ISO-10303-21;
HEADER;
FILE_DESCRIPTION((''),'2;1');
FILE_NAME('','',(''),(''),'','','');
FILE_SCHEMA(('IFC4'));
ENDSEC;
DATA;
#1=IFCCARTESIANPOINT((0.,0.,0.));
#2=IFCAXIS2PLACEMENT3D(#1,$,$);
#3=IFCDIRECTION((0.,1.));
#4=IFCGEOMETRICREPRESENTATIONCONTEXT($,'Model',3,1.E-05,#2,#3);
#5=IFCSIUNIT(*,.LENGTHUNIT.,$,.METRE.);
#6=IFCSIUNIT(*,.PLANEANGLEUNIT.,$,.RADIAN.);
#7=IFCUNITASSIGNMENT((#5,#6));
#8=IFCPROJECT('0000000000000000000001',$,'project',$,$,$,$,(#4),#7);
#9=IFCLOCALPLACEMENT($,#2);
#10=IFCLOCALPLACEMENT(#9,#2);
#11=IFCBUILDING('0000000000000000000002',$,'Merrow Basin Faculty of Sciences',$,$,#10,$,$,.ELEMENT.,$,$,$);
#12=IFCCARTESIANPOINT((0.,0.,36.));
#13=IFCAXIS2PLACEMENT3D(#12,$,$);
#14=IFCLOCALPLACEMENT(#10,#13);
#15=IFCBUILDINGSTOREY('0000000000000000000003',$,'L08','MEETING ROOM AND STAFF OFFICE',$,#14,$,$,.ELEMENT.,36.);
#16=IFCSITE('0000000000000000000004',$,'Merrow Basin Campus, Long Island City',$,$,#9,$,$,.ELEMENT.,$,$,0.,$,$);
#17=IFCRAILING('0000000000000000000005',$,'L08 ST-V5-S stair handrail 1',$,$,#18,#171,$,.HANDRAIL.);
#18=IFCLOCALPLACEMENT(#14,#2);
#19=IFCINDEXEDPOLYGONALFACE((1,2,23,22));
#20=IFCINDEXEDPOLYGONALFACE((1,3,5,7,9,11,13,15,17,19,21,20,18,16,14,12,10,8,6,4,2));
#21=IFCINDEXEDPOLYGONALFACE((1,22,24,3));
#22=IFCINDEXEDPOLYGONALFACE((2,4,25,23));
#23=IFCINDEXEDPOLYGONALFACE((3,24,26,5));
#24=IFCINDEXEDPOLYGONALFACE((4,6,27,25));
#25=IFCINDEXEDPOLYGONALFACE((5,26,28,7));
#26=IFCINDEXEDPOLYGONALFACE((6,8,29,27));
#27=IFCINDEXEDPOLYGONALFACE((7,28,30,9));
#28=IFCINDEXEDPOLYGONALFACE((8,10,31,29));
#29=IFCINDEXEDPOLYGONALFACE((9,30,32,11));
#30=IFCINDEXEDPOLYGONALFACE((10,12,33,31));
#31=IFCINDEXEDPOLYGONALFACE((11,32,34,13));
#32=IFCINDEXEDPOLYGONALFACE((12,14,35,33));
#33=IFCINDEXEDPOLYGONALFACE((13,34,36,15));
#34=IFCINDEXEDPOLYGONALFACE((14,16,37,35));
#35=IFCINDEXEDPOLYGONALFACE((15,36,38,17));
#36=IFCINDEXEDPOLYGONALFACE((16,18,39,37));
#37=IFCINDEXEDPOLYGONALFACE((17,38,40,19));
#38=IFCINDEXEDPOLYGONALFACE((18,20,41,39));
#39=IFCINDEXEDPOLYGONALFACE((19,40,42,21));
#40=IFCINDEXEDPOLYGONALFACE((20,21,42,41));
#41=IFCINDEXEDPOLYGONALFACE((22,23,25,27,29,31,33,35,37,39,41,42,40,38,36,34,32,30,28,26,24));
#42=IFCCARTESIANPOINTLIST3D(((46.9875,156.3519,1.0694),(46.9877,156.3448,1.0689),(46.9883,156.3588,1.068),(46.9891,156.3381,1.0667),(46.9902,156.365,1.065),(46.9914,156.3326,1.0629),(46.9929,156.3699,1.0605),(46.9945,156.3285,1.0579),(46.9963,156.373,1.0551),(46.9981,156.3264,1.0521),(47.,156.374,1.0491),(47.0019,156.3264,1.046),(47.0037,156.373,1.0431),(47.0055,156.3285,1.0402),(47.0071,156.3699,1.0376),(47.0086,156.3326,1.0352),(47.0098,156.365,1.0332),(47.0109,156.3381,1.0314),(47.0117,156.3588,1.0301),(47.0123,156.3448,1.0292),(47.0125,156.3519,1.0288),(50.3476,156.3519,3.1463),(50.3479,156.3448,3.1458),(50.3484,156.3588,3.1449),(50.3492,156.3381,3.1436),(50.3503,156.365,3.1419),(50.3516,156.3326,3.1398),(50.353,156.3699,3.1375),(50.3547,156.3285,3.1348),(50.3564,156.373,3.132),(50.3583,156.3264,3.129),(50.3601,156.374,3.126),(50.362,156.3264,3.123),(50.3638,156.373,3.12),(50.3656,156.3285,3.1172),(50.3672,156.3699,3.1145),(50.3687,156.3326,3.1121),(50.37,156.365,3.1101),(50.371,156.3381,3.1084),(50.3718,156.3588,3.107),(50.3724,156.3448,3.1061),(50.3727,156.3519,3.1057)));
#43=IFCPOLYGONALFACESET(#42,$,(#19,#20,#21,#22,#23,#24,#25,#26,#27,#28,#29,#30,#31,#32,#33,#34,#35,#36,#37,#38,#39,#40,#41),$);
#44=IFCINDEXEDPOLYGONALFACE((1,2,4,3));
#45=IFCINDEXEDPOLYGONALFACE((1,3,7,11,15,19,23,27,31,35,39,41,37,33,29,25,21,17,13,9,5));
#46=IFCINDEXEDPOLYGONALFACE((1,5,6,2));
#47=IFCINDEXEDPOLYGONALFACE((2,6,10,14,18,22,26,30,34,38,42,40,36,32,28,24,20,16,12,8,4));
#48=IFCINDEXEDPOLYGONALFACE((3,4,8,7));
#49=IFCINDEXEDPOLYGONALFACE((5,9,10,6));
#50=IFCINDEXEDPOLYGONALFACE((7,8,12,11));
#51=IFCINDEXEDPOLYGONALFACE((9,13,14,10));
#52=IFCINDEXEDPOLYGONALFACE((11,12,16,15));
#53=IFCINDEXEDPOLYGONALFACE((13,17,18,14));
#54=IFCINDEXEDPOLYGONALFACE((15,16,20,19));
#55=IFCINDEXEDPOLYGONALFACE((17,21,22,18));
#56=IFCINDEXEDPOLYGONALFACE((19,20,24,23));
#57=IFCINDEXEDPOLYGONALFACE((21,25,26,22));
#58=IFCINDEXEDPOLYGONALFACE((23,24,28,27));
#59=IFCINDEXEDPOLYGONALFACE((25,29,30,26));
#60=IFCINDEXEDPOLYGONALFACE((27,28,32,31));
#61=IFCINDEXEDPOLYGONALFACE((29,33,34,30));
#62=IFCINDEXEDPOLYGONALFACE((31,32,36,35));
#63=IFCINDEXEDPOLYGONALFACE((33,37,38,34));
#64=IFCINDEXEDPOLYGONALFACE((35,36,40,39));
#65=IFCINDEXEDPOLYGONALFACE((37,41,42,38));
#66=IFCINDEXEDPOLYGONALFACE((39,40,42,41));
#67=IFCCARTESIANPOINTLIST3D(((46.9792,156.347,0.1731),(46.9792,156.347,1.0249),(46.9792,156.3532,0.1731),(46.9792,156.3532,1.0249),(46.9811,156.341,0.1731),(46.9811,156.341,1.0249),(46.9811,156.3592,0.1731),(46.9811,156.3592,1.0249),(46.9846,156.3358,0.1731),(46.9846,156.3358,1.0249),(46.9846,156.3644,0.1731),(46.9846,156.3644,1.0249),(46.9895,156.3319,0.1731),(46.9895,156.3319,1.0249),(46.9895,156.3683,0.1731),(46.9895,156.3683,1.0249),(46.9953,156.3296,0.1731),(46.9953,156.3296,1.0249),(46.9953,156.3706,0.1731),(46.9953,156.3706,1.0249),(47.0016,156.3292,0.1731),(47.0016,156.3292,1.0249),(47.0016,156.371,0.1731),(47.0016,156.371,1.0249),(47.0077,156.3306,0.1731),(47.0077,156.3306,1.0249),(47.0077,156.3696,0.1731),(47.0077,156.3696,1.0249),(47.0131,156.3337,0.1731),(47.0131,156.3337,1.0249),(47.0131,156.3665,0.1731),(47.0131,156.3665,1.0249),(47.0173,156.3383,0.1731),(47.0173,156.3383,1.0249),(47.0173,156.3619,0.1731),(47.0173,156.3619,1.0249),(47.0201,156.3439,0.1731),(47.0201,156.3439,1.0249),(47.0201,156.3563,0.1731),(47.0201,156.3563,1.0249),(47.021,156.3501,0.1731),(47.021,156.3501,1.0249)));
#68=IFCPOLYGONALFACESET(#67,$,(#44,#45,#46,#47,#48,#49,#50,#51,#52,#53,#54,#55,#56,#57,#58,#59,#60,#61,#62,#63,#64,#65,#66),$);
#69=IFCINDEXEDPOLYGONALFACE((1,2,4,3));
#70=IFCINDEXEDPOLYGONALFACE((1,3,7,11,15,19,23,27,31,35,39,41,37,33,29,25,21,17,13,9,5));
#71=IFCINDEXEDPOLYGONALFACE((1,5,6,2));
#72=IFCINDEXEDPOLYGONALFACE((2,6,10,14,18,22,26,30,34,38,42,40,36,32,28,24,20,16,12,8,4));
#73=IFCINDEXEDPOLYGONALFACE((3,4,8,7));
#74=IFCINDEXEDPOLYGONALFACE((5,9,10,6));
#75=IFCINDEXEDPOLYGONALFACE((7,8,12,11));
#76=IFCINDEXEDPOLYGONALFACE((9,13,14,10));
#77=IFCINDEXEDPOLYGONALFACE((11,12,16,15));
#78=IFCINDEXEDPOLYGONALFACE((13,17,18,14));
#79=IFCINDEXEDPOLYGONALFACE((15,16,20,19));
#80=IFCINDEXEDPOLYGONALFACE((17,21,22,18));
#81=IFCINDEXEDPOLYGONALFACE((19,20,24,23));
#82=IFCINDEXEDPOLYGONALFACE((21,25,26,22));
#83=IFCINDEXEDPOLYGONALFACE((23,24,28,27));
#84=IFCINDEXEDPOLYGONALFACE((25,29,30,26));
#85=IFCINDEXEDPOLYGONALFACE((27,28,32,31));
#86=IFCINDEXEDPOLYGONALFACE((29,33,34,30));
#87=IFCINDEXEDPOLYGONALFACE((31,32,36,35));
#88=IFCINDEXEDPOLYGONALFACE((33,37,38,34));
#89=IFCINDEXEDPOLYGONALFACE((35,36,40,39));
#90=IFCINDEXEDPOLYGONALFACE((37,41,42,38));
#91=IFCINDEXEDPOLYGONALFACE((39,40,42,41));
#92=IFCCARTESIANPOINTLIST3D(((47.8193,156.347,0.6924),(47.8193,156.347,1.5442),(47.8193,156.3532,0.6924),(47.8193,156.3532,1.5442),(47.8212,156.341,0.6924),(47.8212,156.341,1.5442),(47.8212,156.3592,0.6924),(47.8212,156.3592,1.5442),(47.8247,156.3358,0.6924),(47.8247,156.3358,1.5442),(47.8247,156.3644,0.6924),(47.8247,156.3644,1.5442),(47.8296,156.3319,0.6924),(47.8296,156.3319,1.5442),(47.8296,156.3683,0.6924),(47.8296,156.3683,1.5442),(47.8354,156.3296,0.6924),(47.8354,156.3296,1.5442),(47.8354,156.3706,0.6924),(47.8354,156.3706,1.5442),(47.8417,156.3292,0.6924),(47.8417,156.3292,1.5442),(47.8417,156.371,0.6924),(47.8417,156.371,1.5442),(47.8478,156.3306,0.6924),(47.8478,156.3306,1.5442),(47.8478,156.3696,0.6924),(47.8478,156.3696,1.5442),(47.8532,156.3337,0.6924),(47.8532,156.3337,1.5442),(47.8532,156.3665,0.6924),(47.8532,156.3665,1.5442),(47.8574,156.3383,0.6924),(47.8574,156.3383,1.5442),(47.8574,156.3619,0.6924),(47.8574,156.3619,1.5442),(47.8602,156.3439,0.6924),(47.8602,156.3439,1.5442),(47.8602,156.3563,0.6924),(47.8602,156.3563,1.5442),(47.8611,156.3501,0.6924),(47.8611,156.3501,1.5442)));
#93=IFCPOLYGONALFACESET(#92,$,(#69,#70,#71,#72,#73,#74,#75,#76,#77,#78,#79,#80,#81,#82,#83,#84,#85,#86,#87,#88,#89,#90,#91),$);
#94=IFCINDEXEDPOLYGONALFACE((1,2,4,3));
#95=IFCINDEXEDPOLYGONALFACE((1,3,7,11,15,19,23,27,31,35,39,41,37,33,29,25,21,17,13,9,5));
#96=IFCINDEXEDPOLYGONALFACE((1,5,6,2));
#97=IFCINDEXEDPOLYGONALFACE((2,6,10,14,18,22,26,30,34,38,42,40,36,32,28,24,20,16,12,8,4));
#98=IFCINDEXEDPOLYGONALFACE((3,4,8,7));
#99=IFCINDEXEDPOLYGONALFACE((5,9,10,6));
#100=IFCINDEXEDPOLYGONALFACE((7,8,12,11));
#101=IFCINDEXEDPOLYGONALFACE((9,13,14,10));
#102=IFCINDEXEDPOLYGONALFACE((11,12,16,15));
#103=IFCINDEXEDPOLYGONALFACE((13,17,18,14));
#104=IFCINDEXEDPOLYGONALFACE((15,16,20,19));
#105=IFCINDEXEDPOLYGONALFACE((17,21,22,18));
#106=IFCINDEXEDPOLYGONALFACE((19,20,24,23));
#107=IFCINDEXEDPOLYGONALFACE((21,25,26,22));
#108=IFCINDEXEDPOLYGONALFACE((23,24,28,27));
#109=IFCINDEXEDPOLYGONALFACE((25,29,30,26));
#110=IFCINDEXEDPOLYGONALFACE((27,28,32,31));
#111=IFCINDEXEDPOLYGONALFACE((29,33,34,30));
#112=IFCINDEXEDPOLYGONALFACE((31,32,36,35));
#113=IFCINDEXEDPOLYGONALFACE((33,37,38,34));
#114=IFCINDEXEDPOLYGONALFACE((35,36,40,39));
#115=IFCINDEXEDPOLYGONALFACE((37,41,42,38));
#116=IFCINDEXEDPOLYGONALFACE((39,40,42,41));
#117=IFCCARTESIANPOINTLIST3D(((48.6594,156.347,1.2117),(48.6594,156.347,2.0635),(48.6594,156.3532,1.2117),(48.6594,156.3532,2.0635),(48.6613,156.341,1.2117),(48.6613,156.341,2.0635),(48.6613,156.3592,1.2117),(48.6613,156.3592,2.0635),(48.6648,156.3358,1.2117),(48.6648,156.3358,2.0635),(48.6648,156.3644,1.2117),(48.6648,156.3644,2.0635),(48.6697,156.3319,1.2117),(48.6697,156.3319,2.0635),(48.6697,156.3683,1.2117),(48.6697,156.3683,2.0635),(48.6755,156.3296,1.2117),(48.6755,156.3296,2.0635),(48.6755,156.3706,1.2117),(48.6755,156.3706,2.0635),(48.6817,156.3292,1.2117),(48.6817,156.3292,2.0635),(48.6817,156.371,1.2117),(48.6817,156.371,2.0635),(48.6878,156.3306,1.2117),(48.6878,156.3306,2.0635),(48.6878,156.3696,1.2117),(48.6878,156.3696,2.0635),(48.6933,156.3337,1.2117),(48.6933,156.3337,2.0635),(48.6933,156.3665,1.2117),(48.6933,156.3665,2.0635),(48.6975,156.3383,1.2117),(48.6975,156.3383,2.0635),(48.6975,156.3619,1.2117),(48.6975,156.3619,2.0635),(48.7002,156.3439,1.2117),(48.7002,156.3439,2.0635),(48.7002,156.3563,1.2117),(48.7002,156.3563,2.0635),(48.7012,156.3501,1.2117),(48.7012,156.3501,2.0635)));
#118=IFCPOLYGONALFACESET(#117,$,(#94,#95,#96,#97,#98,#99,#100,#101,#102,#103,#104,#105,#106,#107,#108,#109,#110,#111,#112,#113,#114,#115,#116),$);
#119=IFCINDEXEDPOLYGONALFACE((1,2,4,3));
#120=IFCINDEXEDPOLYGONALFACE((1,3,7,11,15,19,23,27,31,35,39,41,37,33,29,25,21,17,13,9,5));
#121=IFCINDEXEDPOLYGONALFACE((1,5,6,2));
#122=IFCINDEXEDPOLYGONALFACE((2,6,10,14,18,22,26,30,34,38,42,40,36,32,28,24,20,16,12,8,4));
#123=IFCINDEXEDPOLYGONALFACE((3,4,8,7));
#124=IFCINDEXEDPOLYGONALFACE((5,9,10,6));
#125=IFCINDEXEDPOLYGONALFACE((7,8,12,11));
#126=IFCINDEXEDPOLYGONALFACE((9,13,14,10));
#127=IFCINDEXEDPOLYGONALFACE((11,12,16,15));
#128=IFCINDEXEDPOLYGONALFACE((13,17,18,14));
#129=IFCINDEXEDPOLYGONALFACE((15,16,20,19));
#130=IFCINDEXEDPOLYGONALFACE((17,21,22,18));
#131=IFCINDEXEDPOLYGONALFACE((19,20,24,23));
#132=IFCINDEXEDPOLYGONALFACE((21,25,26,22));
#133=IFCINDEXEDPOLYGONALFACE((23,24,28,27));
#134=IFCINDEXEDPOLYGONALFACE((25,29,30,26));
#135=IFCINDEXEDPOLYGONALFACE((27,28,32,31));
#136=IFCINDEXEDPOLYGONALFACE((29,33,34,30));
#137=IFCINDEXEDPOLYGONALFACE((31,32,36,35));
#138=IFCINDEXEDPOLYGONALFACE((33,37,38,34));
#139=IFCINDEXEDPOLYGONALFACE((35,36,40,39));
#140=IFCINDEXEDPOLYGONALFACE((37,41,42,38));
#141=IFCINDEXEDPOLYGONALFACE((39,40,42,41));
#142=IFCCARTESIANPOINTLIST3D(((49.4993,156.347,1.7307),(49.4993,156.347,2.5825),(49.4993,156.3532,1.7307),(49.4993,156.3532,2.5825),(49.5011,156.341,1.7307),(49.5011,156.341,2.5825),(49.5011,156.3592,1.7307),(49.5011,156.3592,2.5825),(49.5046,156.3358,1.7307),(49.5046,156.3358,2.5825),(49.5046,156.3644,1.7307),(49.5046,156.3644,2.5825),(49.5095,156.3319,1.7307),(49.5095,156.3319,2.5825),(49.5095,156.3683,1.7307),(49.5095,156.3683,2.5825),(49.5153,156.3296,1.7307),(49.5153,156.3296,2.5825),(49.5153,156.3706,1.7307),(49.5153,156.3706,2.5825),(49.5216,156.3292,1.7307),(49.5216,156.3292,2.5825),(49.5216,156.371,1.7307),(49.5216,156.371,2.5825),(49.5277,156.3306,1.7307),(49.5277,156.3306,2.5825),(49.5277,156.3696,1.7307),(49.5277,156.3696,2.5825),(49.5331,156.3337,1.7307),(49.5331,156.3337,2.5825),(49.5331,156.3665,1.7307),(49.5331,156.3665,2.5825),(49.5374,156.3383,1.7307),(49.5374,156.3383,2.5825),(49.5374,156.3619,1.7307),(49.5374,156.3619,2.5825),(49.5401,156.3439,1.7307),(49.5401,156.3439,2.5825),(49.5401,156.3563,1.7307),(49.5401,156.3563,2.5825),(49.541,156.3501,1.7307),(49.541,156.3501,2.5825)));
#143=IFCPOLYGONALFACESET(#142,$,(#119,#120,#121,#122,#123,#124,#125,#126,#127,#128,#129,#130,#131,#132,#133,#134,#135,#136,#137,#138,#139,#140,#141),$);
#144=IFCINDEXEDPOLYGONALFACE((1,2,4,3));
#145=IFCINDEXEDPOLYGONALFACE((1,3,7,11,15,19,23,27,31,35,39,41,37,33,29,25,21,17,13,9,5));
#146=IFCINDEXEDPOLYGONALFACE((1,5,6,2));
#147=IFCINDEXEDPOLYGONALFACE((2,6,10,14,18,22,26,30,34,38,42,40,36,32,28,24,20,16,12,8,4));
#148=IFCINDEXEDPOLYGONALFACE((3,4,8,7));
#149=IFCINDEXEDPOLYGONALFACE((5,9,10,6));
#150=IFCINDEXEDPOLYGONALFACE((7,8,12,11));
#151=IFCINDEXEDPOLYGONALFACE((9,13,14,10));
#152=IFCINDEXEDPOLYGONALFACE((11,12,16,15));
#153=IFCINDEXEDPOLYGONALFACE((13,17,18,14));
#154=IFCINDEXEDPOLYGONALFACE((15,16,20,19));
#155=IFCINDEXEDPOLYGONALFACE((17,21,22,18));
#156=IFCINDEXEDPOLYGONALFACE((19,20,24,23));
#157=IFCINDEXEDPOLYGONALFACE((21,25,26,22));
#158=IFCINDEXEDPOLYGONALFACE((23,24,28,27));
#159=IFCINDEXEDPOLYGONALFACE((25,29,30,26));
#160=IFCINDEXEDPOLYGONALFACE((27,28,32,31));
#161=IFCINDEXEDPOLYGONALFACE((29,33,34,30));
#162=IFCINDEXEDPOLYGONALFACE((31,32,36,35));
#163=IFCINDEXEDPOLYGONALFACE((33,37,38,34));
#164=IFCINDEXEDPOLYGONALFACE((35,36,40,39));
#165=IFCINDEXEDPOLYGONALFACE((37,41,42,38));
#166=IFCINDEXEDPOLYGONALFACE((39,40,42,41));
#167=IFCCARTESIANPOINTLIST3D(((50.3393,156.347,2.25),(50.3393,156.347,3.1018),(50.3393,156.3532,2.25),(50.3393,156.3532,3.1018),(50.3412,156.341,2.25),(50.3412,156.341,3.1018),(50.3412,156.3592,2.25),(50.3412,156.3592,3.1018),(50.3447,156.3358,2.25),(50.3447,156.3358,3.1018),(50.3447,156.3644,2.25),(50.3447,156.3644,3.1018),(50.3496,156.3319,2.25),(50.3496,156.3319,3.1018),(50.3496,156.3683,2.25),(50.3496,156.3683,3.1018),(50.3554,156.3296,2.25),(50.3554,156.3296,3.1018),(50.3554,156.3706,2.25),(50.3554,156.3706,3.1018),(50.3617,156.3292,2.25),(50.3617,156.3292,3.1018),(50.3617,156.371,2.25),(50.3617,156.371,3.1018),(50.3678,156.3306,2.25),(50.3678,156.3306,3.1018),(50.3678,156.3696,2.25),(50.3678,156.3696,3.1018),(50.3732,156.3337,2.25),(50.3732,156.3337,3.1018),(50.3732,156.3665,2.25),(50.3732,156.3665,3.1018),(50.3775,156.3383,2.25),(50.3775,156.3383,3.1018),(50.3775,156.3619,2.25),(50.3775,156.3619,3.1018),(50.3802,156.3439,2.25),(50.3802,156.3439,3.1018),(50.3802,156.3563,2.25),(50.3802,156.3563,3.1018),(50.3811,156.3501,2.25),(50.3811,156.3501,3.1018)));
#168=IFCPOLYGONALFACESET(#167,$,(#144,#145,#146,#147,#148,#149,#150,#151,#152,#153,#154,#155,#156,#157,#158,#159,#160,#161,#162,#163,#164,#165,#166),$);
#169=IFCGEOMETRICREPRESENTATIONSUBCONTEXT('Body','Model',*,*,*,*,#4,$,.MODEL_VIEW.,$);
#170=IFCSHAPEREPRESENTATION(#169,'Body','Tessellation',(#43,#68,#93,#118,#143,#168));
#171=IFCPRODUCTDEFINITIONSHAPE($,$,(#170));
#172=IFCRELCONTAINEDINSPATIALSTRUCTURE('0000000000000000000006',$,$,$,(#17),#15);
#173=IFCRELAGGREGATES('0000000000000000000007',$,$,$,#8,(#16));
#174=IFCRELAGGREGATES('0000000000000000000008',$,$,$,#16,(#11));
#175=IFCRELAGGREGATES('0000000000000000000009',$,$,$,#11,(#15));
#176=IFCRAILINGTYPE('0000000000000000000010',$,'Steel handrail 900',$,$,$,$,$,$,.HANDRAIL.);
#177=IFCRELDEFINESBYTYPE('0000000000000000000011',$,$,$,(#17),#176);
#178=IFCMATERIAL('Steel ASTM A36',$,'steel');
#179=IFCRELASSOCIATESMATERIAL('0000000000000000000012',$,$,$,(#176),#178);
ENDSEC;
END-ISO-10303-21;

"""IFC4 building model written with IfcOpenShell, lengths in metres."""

from ifc_helpers import new_model, si_unit, direction, frame, origin, origin_2d, place, context, subcontext, project, spatial, circle, extrude, material, type_object, element, save


model = new_model("IFC4")

# Units and contexts
model_context = context("Model", 3, precision=1e-05, world=origin(), true_north=direction((0.0, 1.0)))
body_context = subcontext(model_context, "Body", "Model", "MODEL_VIEW")
ifc_project = project(units=[si_unit("LENGTHUNIT", "METRE"), si_unit("PLANEANGLEUNIT", "RADIAN")], contexts=[model_context])

# Site, building, storey
site_placement = place(None, origin())
site = spatial("IfcSite", under=ifc_project, at=site_placement, Name="Merrow Basin Campus, Long Island City", CompositionType="ELEMENT", RefElevation=0.0)
building_placement = place(site_placement, origin())
building = spatial("IfcBuilding", under=site, at=building_placement, Name="Merrow Basin Faculty of Sciences", CompositionType="ELEMENT")
storey_placement = place(building_placement, frame((0.0, 0.0, 36.0)))
storey = spatial("IfcBuildingStorey", under=building, at=storey_placement, Name="L08", Description="MEETING ROOM AND STAFF OFFICE", CompositionType="ELEMENT", Elevation=36.0)

# Railing
ifc_material_1 = material(Name="Steel ASTM A36", Category="steel")
railing_type_1 = type_object("IfcRailingType", Name="Steel handrail 900", PredefinedType="HANDRAIL", material=ifc_material_1)
railing_1_placement = place(storey_placement, frame((47.0, 156.3501, 0.1731)))
element("IfcRailing", 1, at=railing_1_placement, inside=storey, type_object=railing_type_1, Name="L08 ST-V5-S stair handrail 1", PredefinedType="HANDRAIL", context=body_context, shape_type="SweptSolid", body=[
    extrude(circle(Radius=0.0239, at=origin_2d()), frame((0.0, 0.0, 0.876), z_axis=(0.850623, 0.0, 0.525776), x_axis=(0.0, 1.0, 0.0)), (0.0, 0.0, 1.0), 3.9502),
    extrude(circle(Radius=0.021, at=origin_2d()), origin(), (0.0, 0.0, 1.0), 0.8518),
    extrude(circle(Radius=0.021, at=origin_2d()), frame((0.8401, 0.0, 0.5193)), (0.0, 0.0, 1.0), 0.8518),
    extrude(circle(Radius=0.021, at=origin_2d()), frame((1.6802, 0.0, 1.0386)), (0.0, 0.0, 1.0), 0.8518),
    extrude(circle(Radius=0.021, at=origin_2d()), frame((2.52, 0.0, 1.5576)), (0.0, 0.0, 1.0), 0.8518),
    extrude(circle(Radius=0.021, at=origin_2d()), frame((3.3601, 0.0, 2.0769)), (0.0, 0.0, 1.0), 0.8518),
])

save(model, "model.ifc")
